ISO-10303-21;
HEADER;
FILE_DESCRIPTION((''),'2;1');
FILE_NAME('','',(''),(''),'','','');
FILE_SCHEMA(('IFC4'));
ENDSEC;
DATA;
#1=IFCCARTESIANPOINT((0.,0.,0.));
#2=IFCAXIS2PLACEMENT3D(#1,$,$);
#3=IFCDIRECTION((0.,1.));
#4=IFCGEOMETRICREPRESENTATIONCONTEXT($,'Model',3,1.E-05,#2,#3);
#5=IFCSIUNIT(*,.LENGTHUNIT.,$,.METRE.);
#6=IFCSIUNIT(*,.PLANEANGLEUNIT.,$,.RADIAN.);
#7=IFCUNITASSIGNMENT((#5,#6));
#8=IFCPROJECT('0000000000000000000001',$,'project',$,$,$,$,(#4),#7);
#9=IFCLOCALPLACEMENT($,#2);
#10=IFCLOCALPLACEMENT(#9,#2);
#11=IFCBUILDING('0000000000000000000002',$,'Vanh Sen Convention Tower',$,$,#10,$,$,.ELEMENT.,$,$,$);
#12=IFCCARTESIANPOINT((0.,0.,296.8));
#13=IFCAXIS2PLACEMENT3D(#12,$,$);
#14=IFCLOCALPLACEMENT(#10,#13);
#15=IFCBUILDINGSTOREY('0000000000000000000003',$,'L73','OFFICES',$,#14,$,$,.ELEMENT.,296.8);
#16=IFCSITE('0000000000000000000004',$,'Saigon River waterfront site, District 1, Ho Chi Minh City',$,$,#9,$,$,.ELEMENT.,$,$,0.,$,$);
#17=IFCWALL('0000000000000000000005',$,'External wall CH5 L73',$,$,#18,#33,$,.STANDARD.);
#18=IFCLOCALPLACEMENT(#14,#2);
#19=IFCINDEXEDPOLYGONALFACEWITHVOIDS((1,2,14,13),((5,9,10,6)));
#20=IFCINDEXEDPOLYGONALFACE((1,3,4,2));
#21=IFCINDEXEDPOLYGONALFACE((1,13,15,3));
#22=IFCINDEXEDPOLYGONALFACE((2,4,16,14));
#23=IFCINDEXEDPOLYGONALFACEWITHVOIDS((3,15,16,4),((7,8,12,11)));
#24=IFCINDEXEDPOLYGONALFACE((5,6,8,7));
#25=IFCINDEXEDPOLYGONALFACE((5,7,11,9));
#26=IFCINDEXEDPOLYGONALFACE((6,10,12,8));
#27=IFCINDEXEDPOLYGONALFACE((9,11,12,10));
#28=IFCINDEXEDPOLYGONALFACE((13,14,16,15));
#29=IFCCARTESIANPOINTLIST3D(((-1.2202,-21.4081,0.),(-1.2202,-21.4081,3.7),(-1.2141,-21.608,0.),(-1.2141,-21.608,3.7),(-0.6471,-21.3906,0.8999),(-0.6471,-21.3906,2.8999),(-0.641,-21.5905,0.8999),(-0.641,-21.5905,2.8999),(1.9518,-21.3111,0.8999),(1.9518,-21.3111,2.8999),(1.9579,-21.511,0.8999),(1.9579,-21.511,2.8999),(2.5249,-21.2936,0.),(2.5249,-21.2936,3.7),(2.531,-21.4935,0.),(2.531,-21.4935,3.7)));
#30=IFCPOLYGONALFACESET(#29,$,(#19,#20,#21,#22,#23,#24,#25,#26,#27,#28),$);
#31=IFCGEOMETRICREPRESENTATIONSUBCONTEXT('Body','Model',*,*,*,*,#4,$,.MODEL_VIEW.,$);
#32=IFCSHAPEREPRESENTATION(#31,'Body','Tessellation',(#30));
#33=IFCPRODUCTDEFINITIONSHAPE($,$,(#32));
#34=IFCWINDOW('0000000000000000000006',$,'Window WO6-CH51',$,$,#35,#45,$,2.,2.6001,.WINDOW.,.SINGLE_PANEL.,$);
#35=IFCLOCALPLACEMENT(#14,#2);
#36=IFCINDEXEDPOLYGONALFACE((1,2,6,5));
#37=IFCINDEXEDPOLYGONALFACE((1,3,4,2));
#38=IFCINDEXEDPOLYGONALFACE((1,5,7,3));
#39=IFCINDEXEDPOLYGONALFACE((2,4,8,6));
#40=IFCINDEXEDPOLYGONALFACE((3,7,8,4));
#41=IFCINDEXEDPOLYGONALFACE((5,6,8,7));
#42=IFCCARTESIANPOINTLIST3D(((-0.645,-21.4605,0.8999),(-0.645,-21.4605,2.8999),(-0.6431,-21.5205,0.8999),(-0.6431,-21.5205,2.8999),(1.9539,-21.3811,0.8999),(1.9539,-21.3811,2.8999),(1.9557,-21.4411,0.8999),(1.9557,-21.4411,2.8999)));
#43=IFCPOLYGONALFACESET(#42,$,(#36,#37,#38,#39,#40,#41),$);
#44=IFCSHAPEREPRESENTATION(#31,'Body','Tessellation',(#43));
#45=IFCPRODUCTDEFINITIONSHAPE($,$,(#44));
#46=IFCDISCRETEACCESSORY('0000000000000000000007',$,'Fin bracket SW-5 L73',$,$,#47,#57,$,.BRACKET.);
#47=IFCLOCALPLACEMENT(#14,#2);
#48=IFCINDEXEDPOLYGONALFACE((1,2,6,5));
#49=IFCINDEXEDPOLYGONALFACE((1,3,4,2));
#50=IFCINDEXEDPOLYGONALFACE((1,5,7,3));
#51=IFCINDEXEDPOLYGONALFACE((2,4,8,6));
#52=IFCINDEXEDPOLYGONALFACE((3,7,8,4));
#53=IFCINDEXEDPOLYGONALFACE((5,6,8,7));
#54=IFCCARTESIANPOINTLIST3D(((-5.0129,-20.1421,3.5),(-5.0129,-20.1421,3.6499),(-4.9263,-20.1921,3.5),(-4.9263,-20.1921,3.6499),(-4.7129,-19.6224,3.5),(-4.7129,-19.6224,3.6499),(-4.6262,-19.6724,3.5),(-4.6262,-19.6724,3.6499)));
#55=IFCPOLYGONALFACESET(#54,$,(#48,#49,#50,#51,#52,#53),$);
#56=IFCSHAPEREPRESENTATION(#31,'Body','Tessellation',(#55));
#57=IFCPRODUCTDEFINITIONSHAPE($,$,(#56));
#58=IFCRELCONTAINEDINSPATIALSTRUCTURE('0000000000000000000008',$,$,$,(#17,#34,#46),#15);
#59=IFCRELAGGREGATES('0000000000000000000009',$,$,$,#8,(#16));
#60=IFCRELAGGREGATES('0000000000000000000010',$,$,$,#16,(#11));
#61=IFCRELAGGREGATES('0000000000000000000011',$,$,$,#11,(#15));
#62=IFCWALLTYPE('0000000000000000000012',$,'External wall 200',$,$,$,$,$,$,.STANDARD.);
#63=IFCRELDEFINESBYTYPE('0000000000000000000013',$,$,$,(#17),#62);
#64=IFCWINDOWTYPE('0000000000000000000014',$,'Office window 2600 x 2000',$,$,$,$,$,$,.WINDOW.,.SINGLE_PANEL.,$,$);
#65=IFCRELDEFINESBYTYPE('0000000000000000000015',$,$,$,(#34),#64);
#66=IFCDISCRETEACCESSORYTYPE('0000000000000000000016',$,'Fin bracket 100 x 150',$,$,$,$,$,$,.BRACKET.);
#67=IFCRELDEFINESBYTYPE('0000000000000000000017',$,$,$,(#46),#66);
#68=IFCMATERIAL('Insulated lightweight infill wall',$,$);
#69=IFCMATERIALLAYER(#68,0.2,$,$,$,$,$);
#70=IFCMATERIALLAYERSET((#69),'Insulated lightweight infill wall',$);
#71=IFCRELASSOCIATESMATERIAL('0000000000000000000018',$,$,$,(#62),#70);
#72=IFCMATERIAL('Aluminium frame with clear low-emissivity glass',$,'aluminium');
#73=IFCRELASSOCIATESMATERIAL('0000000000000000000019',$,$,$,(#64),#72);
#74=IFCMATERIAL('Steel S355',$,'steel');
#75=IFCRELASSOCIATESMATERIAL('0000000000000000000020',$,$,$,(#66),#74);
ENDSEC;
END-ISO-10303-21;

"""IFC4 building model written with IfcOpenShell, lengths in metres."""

from ifc_helpers import new_model, si_unit, direction, frame, frame_2d, origin, origin_2d, place, context, subcontext, project, spatial, rectangle, extrude, material, layer, layer_set, type_object, element, fill, save


model = new_model("IFC4")

# Units and contexts
model_context = context("Model", 3, precision=1e-05, world=origin(), true_north=direction((0.0, 1.0)))
body_context = subcontext(model_context, "Body", "Model", "MODEL_VIEW")
ifc_project = project(units=[si_unit("LENGTHUNIT", "METRE"), si_unit("PLANEANGLEUNIT", "RADIAN")], contexts=[model_context])

# Site, building, storey
site_placement = place(None, origin())
site = spatial("IfcSite", under=ifc_project, at=site_placement, Name="Saigon River waterfront site, District 1, Ho Chi Minh City", CompositionType="ELEMENT", RefElevation=0.0)
building_placement = place(site_placement, origin())
building = spatial("IfcBuilding", under=site, at=building_placement, Name="Vanh Sen Convention Tower", CompositionType="ELEMENT")
storey_placement = place(building_placement, frame((0.0, 0.0, 296.8)))
storey = spatial("IfcBuildingStorey", under=building, at=storey_placement, Name="L73", Description="OFFICES", CompositionType="ELEMENT", Elevation=296.8)

# Wall, opening, window
ifc_material_1 = material(Name="Insulated lightweight infill wall")
ifc_layer_1 = layer(ifc_material_1, 0.2)
ifc_layer_set_1 = layer_set([ifc_layer_1], Name="Insulated lightweight infill wall")
wall_type_1 = type_object("IfcWallType", Name="External wall 200", PredefinedType="STANDARD", material=ifc_layer_set_1)
wall_1_placement = place(storey_placement, frame((-1.2173, -21.5081, 0.0), z_axis=(0.0, 0.0, 1.0), x_axis=(0.999533, 0.030559, 0.0)))
wall_1 = element("IfcWall", 1, at=wall_1_placement, inside=storey, type_object=wall_type_1, Name="External wall CH5 L73", PredefinedType="STANDARD", context=body_context, shape_type="SweptSolid", body=[
    extrude(rectangle(XDim=3.7468, YDim=0.2, at=frame_2d((1.8735, 0.0))), origin(), (0.0, 0.0, 1.0), 3.7),
])
opening_1_placement = place(wall_1_placement, frame((0.5735, 0.0, 0.8999)))
opening_1 = element("IfcOpeningElement", 2, at=opening_1_placement, cuts=wall_1, PredefinedType="OPENING", context=body_context, shape_type="SweptSolid", body=[
    extrude(rectangle(XDim=2.6001, YDim=2.0, at=frame_2d((1.3, 1.0))), frame((0.0, 0.1099, 0.0), z_axis=(0.0, -1.0, 0.0), x_axis=(1.0, 0.0, 0.0)), (0.0, 0.0, 1.0), 0.22),
])
ifc_material_2 = material(Name="Aluminium frame with clear low-emissivity glass", Category="aluminium")
window_type = type_object("IfcWindowType", Name="Office window 2600 x 2000", PartitioningType="SINGLE_PANEL", PredefinedType="WINDOW", material=ifc_material_2)
window_placement = place(opening_1_placement, origin())
window = element("IfcWindow", 3, at=window_placement, inside=storey, type_object=window_type, Name="Window WO6-CH51", OverallHeight=2.0, OverallWidth=2.6001, PartitioningType="SINGLE_PANEL", PredefinedType="WINDOW", context=body_context, shape_type="SweptSolid", body=[
    extrude(rectangle(XDim=2.6001, YDim=2.0, at=frame_2d((1.3, 1.0))), frame((0.0, 0.03, 0.0), z_axis=(0.0, -1.0, 0.0), x_axis=(1.0, 0.0, 0.0)), (0.0, 0.0, 1.0), 0.0601),
])
fill(opening_1, window)

# Discrete accessory
ifc_material_3 = material(Name="Steel S355", Category="steel")
discrete_accessory_type = type_object("IfcDiscreteAccessoryType", Name="Fin bracket 100 x 150", PredefinedType="BRACKET", material=ifc_material_3)
discrete_accessory_placement = place(storey_placement, frame((-4.8196, -19.9072, 3.5), z_axis=(0.0, 0.0, 1.0), x_axis=(-0.5, -0.866025, 0.0)))
element("IfcDiscreteAccessory", 4, at=discrete_accessory_placement, inside=storey, type_object=discrete_accessory_type, Name="Fin bracket SW-5 L73", PredefinedType="BRACKET", context=body_context, shape_type="SweptSolid", body=[
    extrude(rectangle(XDim=0.6001, YDim=0.1001, at=origin_2d()), origin(), (0.0, 0.0, 1.0), 0.1499),
])

save(model, "model.ifc")
